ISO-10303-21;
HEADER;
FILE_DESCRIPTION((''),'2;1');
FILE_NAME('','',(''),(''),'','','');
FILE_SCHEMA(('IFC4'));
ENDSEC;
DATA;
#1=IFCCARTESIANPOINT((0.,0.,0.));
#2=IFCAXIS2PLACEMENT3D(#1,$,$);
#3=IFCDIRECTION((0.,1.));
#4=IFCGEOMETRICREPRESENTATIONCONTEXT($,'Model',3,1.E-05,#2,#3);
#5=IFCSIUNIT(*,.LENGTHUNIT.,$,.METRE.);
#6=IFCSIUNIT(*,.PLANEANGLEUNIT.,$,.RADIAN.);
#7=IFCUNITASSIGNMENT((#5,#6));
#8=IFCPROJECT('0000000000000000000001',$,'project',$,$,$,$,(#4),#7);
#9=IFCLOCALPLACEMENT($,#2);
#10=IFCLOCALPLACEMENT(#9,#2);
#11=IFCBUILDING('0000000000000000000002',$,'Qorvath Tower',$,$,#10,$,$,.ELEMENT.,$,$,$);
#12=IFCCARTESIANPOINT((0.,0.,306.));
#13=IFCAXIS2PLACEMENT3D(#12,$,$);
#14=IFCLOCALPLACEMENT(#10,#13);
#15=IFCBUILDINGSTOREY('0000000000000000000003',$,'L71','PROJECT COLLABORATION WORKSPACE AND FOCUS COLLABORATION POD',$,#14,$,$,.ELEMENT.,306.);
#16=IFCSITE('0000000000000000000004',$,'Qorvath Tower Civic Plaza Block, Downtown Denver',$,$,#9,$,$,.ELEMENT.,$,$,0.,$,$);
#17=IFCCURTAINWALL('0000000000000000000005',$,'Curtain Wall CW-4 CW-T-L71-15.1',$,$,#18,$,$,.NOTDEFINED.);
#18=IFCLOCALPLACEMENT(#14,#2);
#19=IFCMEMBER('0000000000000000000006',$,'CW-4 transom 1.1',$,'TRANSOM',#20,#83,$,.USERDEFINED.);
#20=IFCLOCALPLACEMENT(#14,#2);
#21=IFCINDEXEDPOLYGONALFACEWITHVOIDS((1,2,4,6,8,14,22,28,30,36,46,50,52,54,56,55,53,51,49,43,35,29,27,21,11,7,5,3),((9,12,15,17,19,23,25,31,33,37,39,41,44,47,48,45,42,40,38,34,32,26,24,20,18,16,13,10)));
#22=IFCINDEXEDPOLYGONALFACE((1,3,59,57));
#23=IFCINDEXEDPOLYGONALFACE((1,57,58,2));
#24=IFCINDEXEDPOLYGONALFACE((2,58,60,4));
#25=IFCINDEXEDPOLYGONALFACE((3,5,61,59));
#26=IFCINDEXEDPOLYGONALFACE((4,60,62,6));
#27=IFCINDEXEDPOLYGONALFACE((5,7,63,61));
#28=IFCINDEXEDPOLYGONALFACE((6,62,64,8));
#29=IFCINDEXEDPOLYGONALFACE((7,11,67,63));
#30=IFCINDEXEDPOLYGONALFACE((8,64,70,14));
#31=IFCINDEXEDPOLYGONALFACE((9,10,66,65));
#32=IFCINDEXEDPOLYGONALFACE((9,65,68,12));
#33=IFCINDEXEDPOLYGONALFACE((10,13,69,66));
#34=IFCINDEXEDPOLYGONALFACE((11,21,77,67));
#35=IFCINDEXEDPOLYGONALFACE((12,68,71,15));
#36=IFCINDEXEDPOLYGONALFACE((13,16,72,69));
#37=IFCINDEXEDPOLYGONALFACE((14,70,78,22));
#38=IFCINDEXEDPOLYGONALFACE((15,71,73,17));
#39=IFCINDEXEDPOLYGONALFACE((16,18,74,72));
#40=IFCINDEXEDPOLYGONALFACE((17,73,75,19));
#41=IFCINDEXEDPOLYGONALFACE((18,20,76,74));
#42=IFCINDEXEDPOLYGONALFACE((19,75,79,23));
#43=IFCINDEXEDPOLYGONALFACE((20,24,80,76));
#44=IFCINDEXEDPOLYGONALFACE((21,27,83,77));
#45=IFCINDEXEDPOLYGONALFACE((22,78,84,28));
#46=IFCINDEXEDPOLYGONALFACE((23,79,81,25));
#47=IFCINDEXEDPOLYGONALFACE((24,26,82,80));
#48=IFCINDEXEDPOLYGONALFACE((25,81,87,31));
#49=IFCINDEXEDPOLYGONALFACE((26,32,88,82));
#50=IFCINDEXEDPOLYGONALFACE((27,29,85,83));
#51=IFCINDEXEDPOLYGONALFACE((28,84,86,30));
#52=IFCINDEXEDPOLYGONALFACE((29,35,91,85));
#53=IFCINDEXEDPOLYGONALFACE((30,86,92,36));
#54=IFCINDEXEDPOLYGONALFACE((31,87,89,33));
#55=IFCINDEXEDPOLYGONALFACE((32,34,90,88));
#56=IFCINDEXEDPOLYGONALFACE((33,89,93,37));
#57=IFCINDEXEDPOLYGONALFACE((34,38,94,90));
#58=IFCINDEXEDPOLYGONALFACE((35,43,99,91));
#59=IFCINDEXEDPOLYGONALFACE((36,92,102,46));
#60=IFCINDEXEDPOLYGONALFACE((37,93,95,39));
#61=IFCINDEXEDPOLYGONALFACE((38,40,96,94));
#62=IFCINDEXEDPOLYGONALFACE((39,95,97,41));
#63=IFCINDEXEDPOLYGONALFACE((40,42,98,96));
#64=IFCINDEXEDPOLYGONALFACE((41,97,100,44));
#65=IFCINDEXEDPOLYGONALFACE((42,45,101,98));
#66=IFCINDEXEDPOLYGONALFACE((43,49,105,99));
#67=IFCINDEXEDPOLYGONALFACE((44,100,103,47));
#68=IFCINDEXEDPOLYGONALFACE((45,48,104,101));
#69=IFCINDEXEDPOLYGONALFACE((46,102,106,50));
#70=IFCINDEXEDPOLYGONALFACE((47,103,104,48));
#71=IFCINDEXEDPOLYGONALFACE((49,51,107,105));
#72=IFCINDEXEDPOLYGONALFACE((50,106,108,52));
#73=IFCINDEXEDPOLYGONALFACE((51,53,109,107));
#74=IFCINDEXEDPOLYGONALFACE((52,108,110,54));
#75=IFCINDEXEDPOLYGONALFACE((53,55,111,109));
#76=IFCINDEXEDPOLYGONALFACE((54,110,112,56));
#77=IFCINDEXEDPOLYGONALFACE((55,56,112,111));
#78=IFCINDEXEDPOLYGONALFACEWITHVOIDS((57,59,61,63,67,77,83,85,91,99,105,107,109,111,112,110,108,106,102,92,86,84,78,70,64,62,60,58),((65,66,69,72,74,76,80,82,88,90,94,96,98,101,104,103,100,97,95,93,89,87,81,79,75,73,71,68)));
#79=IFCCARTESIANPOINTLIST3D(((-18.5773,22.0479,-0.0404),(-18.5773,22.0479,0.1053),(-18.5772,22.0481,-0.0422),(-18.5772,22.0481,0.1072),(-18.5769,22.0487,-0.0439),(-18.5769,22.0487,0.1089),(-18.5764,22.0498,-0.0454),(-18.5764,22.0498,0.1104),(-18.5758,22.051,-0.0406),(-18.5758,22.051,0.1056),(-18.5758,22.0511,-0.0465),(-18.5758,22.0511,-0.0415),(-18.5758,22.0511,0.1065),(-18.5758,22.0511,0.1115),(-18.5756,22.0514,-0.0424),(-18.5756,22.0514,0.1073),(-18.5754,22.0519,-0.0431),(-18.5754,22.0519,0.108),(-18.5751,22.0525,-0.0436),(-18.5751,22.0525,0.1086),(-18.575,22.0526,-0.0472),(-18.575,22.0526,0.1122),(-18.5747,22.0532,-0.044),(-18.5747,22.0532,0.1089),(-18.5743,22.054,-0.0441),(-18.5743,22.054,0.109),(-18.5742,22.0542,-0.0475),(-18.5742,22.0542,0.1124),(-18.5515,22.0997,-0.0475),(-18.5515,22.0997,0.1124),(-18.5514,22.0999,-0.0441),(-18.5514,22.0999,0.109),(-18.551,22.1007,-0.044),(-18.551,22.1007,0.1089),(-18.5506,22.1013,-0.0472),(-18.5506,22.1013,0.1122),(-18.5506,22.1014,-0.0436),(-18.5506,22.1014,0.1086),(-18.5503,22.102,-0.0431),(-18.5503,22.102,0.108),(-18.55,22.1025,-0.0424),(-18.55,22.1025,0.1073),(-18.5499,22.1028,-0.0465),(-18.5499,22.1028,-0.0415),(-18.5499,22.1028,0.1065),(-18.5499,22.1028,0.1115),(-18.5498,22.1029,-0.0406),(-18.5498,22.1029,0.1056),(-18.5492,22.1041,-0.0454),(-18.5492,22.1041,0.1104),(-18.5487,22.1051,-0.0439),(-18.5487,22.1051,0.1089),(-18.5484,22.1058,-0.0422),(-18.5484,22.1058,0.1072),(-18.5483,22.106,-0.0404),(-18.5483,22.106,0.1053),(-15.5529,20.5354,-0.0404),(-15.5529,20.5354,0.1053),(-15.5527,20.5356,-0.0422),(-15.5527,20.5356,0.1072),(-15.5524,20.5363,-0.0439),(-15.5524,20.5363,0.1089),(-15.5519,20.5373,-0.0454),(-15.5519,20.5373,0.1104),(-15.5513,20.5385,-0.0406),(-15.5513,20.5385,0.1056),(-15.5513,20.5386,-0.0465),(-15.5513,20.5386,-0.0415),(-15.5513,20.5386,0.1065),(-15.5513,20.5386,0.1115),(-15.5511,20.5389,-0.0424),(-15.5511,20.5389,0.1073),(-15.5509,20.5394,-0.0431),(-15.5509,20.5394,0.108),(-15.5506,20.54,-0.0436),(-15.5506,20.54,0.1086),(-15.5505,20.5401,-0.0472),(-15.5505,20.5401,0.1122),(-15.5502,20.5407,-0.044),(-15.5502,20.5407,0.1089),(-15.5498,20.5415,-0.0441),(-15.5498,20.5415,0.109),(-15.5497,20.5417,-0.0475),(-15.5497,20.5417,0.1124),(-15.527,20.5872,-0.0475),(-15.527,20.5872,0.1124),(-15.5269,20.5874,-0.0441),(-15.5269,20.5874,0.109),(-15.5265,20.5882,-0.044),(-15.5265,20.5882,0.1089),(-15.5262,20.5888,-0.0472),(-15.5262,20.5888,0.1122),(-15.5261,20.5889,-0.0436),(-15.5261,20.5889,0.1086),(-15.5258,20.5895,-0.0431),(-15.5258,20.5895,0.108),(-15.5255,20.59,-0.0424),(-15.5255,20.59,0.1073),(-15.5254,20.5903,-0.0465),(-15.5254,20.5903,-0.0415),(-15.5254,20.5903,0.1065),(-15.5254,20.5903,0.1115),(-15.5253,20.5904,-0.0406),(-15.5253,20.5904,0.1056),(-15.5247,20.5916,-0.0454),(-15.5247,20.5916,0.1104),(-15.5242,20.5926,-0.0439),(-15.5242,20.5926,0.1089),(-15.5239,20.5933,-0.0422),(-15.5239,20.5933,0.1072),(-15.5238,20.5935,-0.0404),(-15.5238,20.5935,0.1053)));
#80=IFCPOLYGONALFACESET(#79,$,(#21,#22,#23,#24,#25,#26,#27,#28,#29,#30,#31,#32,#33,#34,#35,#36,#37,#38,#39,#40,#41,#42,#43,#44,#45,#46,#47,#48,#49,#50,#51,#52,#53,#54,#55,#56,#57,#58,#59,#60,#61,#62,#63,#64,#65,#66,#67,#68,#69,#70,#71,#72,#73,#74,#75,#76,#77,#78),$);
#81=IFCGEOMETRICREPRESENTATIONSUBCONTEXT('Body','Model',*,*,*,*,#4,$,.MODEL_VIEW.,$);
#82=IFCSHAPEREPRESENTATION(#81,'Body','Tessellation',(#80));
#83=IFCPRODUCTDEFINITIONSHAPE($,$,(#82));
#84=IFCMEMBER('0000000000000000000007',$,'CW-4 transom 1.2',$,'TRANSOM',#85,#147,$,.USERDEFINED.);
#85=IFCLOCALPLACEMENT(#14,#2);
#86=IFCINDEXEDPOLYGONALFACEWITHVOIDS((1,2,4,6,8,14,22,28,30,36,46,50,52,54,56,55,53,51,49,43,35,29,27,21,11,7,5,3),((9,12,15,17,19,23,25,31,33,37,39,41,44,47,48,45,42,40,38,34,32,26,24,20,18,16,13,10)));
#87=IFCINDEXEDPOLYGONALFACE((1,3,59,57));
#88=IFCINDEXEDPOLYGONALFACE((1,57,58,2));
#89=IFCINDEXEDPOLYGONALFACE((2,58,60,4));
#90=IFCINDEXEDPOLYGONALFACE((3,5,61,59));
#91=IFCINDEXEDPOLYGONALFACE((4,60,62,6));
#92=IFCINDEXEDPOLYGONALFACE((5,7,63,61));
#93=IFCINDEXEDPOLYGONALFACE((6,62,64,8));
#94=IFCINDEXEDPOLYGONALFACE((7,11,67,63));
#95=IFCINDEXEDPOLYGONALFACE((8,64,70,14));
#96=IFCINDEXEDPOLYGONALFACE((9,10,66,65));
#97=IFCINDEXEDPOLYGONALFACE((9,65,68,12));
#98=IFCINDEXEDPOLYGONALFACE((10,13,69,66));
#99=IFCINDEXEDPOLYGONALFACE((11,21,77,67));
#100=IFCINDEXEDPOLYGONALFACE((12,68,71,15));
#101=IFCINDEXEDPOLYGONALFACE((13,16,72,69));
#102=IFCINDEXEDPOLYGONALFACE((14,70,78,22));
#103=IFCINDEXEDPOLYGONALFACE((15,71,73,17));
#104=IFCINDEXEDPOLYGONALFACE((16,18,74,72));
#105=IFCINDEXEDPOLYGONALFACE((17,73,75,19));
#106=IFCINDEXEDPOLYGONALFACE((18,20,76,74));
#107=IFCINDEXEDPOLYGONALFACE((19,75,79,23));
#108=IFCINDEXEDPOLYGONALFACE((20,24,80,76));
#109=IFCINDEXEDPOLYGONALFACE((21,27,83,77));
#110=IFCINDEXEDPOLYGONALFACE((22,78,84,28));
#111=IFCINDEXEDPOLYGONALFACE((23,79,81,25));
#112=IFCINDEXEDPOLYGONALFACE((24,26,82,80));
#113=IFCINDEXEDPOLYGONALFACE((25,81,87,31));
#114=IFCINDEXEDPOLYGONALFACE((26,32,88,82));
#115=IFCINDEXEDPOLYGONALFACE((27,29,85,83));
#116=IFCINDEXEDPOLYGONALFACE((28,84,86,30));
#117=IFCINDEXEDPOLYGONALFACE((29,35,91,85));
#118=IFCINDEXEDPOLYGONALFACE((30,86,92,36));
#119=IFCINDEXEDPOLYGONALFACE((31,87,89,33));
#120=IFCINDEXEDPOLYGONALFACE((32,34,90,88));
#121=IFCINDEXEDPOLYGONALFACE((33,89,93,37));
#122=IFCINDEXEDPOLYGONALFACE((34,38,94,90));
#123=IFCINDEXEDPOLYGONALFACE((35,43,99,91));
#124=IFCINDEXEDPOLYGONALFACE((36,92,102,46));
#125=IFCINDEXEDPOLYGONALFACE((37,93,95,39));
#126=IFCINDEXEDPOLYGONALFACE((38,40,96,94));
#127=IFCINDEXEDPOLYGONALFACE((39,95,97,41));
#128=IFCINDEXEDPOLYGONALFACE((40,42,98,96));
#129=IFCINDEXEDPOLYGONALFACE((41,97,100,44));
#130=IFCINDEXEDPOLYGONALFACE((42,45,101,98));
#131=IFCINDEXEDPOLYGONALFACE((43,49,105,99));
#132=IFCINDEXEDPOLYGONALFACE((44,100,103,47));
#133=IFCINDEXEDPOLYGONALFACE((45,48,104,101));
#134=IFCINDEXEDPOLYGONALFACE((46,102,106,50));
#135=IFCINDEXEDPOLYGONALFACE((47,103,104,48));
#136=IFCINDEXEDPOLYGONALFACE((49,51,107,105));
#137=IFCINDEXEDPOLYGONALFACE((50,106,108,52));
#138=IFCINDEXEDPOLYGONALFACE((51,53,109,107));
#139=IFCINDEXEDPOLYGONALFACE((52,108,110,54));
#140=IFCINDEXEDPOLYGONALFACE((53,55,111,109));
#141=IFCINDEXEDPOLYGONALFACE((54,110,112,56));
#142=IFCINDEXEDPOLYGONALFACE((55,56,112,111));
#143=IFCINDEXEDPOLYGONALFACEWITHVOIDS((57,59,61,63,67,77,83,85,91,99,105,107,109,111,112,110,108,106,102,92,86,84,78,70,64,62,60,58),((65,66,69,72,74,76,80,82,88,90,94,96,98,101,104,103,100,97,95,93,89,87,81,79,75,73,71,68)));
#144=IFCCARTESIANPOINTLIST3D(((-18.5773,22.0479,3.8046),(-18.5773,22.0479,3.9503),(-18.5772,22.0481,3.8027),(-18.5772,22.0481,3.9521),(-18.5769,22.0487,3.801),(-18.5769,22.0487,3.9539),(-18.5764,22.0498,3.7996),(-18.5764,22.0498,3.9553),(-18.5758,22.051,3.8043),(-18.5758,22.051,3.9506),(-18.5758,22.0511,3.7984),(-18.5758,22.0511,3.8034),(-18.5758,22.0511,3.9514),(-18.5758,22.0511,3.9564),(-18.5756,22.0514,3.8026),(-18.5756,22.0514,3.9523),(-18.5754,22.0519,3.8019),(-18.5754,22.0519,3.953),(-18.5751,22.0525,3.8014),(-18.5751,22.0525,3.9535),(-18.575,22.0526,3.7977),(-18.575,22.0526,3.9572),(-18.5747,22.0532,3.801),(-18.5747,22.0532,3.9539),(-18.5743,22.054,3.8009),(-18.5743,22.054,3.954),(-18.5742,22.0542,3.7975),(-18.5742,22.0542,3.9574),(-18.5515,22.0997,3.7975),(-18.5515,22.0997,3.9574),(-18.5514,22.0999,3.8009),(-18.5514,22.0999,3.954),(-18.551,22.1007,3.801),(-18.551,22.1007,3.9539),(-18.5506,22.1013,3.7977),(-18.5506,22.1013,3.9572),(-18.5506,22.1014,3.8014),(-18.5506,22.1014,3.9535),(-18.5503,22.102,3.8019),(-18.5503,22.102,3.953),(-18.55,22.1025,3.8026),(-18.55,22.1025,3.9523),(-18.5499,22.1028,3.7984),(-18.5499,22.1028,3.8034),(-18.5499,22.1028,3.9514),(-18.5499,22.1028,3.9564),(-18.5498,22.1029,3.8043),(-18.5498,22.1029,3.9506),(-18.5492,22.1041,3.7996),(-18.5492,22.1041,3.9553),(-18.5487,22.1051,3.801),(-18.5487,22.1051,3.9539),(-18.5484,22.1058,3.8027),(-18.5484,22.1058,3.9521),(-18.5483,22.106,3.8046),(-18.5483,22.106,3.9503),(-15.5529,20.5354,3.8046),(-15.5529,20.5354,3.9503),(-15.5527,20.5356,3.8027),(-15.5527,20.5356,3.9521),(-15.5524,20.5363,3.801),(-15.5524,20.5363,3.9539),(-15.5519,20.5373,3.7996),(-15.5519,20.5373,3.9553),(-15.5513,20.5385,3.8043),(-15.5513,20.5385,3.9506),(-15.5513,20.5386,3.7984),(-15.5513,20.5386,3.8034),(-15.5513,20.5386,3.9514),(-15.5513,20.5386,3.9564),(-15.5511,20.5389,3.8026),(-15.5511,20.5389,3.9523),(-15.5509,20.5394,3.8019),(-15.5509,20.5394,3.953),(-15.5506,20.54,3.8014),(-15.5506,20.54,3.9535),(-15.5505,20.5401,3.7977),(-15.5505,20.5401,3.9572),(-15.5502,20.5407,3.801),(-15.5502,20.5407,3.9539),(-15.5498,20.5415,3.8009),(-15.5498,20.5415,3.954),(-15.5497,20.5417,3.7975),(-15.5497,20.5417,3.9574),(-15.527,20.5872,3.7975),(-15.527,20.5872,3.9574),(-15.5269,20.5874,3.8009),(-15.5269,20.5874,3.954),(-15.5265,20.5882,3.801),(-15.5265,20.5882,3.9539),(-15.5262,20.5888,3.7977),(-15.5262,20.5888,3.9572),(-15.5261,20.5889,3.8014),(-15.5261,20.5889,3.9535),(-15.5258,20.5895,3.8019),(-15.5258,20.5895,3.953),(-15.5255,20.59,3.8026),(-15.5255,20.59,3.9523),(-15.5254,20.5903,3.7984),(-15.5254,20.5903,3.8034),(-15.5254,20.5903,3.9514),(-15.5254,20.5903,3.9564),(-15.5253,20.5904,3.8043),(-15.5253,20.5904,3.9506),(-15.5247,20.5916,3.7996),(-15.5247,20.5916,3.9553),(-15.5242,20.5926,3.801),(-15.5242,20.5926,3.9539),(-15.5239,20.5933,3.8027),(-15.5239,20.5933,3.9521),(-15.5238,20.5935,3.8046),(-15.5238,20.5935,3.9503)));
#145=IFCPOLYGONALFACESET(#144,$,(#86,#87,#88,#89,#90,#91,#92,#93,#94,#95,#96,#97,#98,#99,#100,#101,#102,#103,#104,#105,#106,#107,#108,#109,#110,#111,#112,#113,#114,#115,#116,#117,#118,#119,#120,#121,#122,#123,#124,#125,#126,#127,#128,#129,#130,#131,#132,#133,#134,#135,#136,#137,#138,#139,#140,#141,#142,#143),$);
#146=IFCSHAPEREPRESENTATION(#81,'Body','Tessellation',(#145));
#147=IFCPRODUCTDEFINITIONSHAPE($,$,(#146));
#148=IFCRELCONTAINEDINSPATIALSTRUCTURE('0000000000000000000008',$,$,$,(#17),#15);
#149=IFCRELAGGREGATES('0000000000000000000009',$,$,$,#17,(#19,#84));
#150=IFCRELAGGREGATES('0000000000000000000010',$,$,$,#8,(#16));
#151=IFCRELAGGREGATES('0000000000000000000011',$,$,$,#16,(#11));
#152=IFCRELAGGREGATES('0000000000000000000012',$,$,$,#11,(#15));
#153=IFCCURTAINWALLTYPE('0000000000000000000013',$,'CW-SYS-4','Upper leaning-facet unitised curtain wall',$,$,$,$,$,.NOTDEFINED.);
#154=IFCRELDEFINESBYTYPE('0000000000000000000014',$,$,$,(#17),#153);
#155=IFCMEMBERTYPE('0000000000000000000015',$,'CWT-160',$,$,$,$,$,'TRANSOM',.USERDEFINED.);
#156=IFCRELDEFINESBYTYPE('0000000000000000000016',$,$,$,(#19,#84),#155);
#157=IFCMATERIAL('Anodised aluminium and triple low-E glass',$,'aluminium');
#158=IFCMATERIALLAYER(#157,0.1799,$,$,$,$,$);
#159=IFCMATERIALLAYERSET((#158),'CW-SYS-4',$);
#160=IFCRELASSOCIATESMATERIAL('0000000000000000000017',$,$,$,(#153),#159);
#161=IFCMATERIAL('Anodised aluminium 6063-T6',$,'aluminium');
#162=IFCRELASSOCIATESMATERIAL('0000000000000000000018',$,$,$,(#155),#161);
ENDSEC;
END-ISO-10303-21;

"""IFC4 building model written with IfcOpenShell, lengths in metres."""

from ifc_helpers import new_model, si_unit, direction, frame, origin, origin_2d, place, context, subcontext, project, spatial, hollow_rectangle, extrude, material, layer, layer_set, material_profile, profile_set, type_object, element, aggregate, save


model = new_model("IFC4")

# Units and contexts
model_context = context("Model", 3, precision=1e-05, world=origin(), true_north=direction((0.0, 1.0)))
body_context = subcontext(model_context, "Body", "Model", "MODEL_VIEW")
ifc_project = project(units=[si_unit("LENGTHUNIT", "METRE"), si_unit("PLANEANGLEUNIT", "RADIAN")], contexts=[model_context])

# Site, building, storey
site_placement = place(None, origin())
site = spatial("IfcSite", under=ifc_project, at=site_placement, Name="Qorvath Tower Civic Plaza Block, Downtown Denver", CompositionType="ELEMENT", RefElevation=0.0)
building_placement = place(site_placement, origin())
building = spatial("IfcBuilding", under=site, at=building_placement, Name="Qorvath Tower", CompositionType="ELEMENT")
storey_placement = place(building_placement, frame((0.0, 0.0, 306.0)))
storey = spatial("IfcBuildingStorey", under=building, at=storey_placement, Name="L71", Description="PROJECT COLLABORATION WORKSPACE AND FOCUS COLLABORATION POD", CompositionType="ELEMENT", Elevation=306.0)

# Shared definitions
ifc_material_1 = material(Name="Anodised aluminium and triple low-E glass", Category="aluminium")
ifc_layer_1 = layer(ifc_material_1, 0.1799)
ifc_layer_set_1 = layer_set([ifc_layer_1], Name="CW-SYS-4")
curtain_wall_type = type_object("IfcCurtainWallType", Name="CW-SYS-4", Description="Upper leaning-facet unitised curtain wall", PredefinedType="NOTDEFINED", material=ifc_layer_set_1)

# Curtain wall
curtain_wall_1_placement = place(storey_placement, origin())
curtain_wall_1 = element("IfcCurtainWall", 1, at=curtain_wall_1_placement, inside=storey, type_object=curtain_wall_type, Name="Curtain Wall CW-4 CW-T-L71-15.1", PredefinedType="NOTDEFINED")

# Members
ifc_material_2 = material(Name="Anodised aluminium 6063-T6", Category="aluminium")
ifc_material_profile_1 = material_profile(ifc_material_2, hollow_rectangle(XDim=0.0649, YDim=0.1599, WallThickness=0.0034, InnerFilletRadius=0.0034, OuterFilletRadius=0.0071, at=origin_2d()), Name="CWT 160x65")
ifc_profile_set_1 = profile_set([ifc_material_profile_1], Name="Anodised aluminium 6063-T6")
member_type_1 = type_object("IfcMemberType", Name="CWT-160", ElementType="TRANSOM", PredefinedType="USERDEFINED", material=ifc_profile_set_1)
member_1_placement = place(storey_placement, frame((-15.5383, 20.5645, 0.0325), z_axis=(-0.894398, 0.447271, 0.0), x_axis=(-0.447271, -0.894398, 0.0)))
member_1 = element("IfcMember", 2, at=member_1_placement, type_object=member_type_1, Name="CW-4 transom 1.1", ObjectType="TRANSOM", PredefinedType="USERDEFINED", context=body_context, shape_type="SweptSolid", body=[
    extrude(hollow_rectangle(XDim=0.0649, YDim=0.1599, WallThickness=0.0034, InnerFilletRadius=0.0034, OuterFilletRadius=0.0071, at=origin_2d()), origin(), (0.0, 0.0, 1.0), 3.3816),
])
member_2_placement = place(storey_placement, frame((-15.5383, 20.5645, 3.8774), z_axis=(-0.894398, 0.447271, 0.0), x_axis=(-0.447271, -0.894398, 0.0)))
member_2 = element("IfcMember", 3, at=member_2_placement, type_object=member_type_1, Name="CW-4 transom 1.2", ObjectType="TRANSOM", PredefinedType="USERDEFINED", context=body_context, shape_type="SweptSolid", body=[
    extrude(hollow_rectangle(XDim=0.0649, YDim=0.1599, WallThickness=0.0034, InnerFilletRadius=0.0034, OuterFilletRadius=0.0071, at=origin_2d()), origin(), (0.0, 0.0, 1.0), 3.3816),
])

aggregate(curtain_wall_1, [member_1, member_2])

save(model, "model.ifc")
